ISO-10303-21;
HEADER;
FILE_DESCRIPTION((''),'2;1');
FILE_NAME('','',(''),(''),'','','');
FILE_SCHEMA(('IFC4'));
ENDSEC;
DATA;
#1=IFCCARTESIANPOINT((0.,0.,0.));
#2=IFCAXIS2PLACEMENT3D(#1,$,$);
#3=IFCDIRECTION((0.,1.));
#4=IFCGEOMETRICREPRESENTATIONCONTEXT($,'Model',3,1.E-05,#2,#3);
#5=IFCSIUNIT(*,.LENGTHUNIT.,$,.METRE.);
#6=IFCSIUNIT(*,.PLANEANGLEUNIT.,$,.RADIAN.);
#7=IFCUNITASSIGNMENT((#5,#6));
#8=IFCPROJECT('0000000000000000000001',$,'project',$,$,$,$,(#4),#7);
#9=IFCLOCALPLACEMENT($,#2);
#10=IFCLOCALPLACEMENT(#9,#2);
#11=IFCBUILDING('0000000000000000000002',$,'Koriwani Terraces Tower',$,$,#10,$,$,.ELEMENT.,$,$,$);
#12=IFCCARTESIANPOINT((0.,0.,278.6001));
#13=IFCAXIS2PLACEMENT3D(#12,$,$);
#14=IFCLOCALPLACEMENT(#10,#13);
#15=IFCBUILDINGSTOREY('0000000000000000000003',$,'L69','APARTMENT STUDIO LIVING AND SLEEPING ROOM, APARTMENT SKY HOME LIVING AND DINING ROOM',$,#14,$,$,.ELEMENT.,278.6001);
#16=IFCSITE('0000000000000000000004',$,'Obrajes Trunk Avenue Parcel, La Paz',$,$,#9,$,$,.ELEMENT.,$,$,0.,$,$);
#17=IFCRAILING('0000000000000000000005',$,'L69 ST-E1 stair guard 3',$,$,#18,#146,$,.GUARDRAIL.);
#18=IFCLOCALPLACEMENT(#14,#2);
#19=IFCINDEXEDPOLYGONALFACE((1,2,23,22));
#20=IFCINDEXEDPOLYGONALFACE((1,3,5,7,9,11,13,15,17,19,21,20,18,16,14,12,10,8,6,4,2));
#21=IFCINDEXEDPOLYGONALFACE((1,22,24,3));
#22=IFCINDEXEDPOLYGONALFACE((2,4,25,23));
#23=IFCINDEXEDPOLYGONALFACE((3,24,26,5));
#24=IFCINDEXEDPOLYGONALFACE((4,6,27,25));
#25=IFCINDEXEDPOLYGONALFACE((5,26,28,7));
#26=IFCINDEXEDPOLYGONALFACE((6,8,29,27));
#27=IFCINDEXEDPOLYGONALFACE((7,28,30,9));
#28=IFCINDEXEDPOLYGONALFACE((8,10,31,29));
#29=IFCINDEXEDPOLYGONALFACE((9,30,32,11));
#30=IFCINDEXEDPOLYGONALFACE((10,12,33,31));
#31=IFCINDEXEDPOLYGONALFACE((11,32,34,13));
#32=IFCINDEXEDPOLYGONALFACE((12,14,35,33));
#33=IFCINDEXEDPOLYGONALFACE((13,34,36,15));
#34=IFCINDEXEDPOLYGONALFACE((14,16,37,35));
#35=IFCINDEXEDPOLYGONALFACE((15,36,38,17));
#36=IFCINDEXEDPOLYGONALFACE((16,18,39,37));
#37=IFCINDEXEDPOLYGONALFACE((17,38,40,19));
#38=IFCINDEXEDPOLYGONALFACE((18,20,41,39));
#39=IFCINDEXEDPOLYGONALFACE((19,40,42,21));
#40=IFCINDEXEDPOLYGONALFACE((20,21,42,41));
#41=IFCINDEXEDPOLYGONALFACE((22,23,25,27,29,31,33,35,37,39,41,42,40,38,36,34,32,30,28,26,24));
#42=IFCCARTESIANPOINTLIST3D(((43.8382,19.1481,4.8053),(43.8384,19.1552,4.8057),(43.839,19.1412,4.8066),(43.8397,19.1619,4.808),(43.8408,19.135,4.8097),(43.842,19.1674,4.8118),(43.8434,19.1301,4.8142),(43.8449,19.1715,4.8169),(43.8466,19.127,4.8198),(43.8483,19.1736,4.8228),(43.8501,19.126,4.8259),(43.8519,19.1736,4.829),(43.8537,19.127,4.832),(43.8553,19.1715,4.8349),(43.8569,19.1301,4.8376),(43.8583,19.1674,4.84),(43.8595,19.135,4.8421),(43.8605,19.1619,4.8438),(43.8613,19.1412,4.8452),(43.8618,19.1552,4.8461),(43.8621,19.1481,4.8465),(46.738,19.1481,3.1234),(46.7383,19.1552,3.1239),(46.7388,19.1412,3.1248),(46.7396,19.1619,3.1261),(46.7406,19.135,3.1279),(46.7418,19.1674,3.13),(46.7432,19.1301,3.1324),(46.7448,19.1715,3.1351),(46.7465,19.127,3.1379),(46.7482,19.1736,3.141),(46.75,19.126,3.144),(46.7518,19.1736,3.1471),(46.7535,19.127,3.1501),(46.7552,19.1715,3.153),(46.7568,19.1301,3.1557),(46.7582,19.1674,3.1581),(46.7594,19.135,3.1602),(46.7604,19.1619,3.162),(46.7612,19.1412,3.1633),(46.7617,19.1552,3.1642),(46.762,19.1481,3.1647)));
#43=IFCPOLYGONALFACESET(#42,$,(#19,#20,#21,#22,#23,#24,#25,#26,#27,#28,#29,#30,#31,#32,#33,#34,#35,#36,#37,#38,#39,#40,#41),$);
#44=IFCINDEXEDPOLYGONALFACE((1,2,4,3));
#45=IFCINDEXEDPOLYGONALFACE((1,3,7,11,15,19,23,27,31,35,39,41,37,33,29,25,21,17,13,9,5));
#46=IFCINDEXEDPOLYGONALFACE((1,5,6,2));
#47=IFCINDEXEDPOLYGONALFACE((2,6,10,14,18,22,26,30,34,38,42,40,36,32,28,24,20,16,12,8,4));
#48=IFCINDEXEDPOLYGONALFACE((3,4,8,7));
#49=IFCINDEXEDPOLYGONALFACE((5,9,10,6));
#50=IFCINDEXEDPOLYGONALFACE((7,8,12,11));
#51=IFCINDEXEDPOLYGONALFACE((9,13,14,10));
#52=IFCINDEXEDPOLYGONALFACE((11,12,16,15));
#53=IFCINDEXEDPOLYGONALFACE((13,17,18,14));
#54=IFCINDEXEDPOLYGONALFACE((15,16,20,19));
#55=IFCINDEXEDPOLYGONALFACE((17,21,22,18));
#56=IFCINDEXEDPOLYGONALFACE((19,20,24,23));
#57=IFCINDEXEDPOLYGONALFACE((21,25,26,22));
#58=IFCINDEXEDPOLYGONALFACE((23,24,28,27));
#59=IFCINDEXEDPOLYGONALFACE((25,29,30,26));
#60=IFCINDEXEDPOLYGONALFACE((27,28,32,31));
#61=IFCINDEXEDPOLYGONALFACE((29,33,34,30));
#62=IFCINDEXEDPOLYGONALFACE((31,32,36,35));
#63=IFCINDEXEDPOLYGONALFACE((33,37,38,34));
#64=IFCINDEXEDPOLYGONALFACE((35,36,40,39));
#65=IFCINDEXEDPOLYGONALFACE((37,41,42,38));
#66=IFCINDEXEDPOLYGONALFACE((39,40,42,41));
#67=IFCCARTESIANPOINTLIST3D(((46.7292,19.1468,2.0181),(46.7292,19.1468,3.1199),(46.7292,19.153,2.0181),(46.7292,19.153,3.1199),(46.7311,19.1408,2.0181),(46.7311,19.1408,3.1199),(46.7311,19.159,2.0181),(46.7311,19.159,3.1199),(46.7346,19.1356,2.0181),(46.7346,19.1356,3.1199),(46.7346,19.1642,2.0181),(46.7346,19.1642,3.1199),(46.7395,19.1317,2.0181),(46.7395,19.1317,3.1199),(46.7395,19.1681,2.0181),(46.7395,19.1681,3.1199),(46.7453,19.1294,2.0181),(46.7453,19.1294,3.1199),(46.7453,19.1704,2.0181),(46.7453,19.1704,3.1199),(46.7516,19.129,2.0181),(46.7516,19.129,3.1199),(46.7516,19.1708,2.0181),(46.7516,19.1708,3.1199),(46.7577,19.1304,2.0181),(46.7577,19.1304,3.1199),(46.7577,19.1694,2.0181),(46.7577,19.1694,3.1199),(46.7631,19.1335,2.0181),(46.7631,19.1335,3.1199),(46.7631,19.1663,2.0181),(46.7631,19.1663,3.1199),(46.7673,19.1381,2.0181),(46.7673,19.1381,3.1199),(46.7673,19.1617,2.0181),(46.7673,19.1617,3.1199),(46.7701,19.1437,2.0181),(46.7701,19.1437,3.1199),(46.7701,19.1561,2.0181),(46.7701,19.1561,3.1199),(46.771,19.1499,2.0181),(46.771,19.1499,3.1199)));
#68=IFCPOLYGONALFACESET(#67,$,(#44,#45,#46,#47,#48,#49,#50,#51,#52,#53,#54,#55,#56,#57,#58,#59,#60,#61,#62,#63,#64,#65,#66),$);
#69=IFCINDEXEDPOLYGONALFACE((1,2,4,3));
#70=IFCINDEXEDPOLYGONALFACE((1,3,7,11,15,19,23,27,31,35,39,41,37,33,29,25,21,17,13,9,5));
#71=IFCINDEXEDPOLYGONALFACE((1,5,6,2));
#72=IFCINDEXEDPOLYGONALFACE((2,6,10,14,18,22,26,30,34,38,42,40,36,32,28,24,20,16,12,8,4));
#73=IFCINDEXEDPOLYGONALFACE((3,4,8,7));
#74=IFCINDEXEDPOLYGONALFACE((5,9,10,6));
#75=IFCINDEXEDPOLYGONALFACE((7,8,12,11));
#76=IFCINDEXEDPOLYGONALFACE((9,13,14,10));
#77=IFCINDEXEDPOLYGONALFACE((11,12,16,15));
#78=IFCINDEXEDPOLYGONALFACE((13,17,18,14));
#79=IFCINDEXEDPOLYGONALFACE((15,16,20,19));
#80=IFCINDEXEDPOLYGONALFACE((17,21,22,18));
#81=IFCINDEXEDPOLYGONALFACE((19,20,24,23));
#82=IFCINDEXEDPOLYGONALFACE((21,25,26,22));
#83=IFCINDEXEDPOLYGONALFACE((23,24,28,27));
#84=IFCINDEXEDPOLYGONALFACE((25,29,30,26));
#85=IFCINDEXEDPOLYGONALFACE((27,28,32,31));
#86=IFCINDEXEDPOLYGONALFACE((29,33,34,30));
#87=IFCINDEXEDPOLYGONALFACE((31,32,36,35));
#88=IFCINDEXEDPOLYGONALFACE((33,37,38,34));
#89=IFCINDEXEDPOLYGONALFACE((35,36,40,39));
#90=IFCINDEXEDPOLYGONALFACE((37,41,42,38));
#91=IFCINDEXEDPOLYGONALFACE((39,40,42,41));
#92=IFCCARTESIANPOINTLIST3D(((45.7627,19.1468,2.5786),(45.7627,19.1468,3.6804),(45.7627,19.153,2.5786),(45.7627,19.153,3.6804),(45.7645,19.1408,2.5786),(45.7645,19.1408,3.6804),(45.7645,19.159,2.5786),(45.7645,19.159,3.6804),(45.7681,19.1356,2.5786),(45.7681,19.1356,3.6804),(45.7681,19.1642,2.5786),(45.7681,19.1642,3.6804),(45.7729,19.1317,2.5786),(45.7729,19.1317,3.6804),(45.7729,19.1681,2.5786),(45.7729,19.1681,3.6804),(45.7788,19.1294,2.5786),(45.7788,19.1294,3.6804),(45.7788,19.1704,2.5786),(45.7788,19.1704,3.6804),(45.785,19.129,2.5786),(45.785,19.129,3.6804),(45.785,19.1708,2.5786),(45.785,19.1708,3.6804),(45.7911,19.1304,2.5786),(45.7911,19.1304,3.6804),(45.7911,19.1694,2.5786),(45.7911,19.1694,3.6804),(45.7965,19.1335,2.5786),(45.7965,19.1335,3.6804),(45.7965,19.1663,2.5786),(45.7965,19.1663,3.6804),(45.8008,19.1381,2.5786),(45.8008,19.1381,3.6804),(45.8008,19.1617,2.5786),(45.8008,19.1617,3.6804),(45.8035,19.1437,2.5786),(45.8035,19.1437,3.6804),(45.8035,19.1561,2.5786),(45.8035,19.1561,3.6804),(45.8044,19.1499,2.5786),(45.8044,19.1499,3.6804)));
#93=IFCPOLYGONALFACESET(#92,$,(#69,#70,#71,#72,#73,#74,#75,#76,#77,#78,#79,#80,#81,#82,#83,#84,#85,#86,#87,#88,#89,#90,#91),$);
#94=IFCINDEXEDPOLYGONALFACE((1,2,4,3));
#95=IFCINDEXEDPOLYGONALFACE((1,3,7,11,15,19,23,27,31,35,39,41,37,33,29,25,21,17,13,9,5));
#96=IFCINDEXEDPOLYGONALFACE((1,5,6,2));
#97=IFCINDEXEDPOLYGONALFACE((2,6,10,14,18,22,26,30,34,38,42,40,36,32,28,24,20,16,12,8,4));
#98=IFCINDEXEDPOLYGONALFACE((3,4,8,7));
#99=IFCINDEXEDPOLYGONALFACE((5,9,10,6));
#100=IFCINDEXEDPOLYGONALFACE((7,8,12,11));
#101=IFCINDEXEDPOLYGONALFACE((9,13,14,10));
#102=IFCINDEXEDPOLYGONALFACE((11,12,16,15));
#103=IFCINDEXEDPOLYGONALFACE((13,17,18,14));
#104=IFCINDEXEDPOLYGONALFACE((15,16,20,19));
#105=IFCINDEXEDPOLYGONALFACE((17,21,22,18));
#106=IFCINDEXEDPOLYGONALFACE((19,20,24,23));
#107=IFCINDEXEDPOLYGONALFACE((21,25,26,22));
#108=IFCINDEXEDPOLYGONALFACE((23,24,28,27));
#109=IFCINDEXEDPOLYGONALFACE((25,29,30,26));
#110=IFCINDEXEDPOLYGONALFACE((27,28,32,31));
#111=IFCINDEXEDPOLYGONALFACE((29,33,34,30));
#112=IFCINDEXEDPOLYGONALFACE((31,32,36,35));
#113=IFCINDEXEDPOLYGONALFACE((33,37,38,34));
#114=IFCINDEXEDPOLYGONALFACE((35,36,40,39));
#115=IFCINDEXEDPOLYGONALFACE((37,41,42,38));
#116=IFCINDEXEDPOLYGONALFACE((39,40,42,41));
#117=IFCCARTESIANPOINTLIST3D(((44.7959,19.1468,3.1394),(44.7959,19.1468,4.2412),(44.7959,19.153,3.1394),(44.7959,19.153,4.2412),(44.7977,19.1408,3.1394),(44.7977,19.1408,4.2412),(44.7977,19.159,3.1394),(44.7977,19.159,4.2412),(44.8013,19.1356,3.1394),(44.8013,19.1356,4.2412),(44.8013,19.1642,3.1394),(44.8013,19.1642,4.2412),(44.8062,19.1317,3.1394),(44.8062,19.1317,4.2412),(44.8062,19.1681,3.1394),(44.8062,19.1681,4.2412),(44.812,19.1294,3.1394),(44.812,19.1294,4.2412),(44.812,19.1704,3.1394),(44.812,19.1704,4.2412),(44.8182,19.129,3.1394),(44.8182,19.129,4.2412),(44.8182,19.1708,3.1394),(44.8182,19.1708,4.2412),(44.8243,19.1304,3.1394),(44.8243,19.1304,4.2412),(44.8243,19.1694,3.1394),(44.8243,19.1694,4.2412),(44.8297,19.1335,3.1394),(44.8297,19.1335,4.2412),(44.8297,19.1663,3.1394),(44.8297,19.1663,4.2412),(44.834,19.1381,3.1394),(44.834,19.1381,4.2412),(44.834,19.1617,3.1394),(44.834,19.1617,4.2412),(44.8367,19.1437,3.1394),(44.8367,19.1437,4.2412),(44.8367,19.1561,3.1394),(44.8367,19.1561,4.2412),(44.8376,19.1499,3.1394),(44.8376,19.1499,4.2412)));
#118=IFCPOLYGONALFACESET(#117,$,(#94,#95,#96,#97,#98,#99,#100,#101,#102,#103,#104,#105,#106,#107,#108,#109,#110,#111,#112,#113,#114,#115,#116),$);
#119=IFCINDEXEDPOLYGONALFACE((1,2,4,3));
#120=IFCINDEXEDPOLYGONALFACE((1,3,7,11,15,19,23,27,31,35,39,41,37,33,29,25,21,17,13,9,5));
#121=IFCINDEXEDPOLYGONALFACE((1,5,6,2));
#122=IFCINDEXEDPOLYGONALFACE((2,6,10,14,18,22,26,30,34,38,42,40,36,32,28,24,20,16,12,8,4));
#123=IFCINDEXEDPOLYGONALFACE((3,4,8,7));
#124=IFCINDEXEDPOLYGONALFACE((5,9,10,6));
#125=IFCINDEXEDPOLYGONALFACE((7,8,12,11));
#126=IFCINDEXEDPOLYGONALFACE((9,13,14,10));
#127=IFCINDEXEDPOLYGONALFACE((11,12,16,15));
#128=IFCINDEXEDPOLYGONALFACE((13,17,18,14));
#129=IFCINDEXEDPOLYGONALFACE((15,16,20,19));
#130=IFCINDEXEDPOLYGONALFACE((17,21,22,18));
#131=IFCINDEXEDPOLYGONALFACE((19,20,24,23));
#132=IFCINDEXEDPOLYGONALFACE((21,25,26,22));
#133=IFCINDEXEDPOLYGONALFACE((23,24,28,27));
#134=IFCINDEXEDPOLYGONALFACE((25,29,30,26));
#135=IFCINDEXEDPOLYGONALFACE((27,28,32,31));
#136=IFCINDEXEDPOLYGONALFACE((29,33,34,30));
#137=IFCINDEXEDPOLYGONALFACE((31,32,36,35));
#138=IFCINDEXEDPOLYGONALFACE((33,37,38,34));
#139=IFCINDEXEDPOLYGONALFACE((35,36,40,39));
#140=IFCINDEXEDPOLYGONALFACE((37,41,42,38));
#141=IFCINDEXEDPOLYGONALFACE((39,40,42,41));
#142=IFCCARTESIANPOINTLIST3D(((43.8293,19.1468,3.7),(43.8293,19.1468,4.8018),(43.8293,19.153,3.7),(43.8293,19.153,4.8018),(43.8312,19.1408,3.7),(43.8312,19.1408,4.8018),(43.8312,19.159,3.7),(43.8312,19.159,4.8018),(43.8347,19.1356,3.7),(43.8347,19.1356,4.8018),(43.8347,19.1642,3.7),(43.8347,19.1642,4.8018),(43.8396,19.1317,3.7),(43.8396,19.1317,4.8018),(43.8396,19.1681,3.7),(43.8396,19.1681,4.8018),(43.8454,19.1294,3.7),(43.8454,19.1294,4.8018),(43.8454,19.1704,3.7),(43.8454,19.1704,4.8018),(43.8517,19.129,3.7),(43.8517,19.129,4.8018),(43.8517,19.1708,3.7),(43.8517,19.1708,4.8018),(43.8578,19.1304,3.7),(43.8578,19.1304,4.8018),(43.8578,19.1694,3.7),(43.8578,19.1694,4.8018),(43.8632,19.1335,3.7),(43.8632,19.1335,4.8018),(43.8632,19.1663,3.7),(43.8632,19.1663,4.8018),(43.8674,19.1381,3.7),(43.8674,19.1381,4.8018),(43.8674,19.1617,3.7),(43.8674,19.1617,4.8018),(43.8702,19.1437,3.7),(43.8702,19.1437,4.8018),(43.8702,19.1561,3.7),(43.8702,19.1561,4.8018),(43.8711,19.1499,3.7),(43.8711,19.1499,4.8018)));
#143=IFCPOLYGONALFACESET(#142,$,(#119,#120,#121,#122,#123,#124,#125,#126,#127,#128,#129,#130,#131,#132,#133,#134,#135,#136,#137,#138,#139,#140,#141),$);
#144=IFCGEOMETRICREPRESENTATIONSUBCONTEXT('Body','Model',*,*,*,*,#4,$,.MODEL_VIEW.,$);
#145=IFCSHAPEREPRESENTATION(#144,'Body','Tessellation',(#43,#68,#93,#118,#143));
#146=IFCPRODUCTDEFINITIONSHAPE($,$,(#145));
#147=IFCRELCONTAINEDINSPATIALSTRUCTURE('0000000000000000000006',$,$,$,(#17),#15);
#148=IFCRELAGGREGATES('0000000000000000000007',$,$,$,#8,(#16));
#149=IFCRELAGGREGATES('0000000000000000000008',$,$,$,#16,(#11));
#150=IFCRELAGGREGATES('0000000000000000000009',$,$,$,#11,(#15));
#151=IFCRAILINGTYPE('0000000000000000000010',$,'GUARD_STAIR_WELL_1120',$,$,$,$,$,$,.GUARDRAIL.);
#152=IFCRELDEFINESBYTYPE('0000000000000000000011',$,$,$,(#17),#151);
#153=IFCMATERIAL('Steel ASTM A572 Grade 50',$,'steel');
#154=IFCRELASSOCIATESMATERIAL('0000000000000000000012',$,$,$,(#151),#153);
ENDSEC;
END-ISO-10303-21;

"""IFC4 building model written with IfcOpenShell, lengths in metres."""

from ifc_helpers import new_model, si_unit, direction, frame, origin, origin_2d, place, context, subcontext, project, spatial, circle, extrude, material, type_object, element, save


model = new_model("IFC4")

# Units and contexts
model_context = context("Model", 3, precision=1e-05, world=origin(), true_north=direction((0.0, 1.0)))
body_context = subcontext(model_context, "Body", "Model", "MODEL_VIEW")
ifc_project = project(units=[si_unit("LENGTHUNIT", "METRE"), si_unit("PLANEANGLEUNIT", "RADIAN")], contexts=[model_context])

# Site, building, storey
site_placement = place(None, origin())
site = spatial("IfcSite", under=ifc_project, at=site_placement, Name="Obrajes Trunk Avenue Parcel, La Paz", CompositionType="ELEMENT", RefElevation=0.0)
building_placement = place(site_placement, origin())
building = spatial("IfcBuilding", under=site, at=building_placement, Name="Koriwani Terraces Tower", CompositionType="ELEMENT")
storey_placement = place(building_placement, frame((0.0, 0.0, 278.6001)))
storey = spatial("IfcBuildingStorey", under=building, at=storey_placement, Name="L69", Description="APARTMENT STUDIO LIVING AND SLEEPING ROOM, APARTMENT SKY HOME LIVING AND DINING ROOM", CompositionType="ELEMENT", Elevation=278.6001)

# Shared definitions
ifc_material_1 = material(Name="Steel ASTM A572 Grade 50", Category="steel")

# Railing
railing_type_1 = type_object("IfcRailingType", Name="GUARD_STAIR_WELL_1120", PredefinedType="GUARDRAIL", material=ifc_material_1)
railing_1_placement = place(storey_placement, frame((46.75, 19.1499, 2.0181)))
element("IfcRailing", 1, at=railing_1_placement, inside=storey, type_object=railing_type_1, Name="L69 ST-E1 stair guard 3", PredefinedType="GUARDRAIL", context=body_context, shape_type="SweptSolid", body=[
    extrude(circle(Radius=0.0239, at=origin_2d()), frame((0.0, 0.0, 1.126), z_axis=(-0.865039, 0.0, 0.501705), x_axis=(0.0, -1.0, 0.0)), (0.0, 0.0, 1.0), 3.3523),
    extrude(circle(Radius=0.021, at=origin_2d()), origin(), (0.0, 0.0, 1.0), 1.1018),
    extrude(circle(Radius=0.021, at=origin_2d()), frame((-0.9666, 0.0, 0.5605)), (0.0, 0.0, 1.0), 1.1018),
    extrude(circle(Radius=0.021, at=origin_2d()), frame((-1.9333, 0.0, 1.1213)), (0.0, 0.0, 1.0), 1.1018),
    extrude(circle(Radius=0.021, at=origin_2d()), frame((-2.8999, 0.0, 1.6819)), (0.0, 0.0, 1.0), 1.1018),
])

save(model, "model.ifc")
